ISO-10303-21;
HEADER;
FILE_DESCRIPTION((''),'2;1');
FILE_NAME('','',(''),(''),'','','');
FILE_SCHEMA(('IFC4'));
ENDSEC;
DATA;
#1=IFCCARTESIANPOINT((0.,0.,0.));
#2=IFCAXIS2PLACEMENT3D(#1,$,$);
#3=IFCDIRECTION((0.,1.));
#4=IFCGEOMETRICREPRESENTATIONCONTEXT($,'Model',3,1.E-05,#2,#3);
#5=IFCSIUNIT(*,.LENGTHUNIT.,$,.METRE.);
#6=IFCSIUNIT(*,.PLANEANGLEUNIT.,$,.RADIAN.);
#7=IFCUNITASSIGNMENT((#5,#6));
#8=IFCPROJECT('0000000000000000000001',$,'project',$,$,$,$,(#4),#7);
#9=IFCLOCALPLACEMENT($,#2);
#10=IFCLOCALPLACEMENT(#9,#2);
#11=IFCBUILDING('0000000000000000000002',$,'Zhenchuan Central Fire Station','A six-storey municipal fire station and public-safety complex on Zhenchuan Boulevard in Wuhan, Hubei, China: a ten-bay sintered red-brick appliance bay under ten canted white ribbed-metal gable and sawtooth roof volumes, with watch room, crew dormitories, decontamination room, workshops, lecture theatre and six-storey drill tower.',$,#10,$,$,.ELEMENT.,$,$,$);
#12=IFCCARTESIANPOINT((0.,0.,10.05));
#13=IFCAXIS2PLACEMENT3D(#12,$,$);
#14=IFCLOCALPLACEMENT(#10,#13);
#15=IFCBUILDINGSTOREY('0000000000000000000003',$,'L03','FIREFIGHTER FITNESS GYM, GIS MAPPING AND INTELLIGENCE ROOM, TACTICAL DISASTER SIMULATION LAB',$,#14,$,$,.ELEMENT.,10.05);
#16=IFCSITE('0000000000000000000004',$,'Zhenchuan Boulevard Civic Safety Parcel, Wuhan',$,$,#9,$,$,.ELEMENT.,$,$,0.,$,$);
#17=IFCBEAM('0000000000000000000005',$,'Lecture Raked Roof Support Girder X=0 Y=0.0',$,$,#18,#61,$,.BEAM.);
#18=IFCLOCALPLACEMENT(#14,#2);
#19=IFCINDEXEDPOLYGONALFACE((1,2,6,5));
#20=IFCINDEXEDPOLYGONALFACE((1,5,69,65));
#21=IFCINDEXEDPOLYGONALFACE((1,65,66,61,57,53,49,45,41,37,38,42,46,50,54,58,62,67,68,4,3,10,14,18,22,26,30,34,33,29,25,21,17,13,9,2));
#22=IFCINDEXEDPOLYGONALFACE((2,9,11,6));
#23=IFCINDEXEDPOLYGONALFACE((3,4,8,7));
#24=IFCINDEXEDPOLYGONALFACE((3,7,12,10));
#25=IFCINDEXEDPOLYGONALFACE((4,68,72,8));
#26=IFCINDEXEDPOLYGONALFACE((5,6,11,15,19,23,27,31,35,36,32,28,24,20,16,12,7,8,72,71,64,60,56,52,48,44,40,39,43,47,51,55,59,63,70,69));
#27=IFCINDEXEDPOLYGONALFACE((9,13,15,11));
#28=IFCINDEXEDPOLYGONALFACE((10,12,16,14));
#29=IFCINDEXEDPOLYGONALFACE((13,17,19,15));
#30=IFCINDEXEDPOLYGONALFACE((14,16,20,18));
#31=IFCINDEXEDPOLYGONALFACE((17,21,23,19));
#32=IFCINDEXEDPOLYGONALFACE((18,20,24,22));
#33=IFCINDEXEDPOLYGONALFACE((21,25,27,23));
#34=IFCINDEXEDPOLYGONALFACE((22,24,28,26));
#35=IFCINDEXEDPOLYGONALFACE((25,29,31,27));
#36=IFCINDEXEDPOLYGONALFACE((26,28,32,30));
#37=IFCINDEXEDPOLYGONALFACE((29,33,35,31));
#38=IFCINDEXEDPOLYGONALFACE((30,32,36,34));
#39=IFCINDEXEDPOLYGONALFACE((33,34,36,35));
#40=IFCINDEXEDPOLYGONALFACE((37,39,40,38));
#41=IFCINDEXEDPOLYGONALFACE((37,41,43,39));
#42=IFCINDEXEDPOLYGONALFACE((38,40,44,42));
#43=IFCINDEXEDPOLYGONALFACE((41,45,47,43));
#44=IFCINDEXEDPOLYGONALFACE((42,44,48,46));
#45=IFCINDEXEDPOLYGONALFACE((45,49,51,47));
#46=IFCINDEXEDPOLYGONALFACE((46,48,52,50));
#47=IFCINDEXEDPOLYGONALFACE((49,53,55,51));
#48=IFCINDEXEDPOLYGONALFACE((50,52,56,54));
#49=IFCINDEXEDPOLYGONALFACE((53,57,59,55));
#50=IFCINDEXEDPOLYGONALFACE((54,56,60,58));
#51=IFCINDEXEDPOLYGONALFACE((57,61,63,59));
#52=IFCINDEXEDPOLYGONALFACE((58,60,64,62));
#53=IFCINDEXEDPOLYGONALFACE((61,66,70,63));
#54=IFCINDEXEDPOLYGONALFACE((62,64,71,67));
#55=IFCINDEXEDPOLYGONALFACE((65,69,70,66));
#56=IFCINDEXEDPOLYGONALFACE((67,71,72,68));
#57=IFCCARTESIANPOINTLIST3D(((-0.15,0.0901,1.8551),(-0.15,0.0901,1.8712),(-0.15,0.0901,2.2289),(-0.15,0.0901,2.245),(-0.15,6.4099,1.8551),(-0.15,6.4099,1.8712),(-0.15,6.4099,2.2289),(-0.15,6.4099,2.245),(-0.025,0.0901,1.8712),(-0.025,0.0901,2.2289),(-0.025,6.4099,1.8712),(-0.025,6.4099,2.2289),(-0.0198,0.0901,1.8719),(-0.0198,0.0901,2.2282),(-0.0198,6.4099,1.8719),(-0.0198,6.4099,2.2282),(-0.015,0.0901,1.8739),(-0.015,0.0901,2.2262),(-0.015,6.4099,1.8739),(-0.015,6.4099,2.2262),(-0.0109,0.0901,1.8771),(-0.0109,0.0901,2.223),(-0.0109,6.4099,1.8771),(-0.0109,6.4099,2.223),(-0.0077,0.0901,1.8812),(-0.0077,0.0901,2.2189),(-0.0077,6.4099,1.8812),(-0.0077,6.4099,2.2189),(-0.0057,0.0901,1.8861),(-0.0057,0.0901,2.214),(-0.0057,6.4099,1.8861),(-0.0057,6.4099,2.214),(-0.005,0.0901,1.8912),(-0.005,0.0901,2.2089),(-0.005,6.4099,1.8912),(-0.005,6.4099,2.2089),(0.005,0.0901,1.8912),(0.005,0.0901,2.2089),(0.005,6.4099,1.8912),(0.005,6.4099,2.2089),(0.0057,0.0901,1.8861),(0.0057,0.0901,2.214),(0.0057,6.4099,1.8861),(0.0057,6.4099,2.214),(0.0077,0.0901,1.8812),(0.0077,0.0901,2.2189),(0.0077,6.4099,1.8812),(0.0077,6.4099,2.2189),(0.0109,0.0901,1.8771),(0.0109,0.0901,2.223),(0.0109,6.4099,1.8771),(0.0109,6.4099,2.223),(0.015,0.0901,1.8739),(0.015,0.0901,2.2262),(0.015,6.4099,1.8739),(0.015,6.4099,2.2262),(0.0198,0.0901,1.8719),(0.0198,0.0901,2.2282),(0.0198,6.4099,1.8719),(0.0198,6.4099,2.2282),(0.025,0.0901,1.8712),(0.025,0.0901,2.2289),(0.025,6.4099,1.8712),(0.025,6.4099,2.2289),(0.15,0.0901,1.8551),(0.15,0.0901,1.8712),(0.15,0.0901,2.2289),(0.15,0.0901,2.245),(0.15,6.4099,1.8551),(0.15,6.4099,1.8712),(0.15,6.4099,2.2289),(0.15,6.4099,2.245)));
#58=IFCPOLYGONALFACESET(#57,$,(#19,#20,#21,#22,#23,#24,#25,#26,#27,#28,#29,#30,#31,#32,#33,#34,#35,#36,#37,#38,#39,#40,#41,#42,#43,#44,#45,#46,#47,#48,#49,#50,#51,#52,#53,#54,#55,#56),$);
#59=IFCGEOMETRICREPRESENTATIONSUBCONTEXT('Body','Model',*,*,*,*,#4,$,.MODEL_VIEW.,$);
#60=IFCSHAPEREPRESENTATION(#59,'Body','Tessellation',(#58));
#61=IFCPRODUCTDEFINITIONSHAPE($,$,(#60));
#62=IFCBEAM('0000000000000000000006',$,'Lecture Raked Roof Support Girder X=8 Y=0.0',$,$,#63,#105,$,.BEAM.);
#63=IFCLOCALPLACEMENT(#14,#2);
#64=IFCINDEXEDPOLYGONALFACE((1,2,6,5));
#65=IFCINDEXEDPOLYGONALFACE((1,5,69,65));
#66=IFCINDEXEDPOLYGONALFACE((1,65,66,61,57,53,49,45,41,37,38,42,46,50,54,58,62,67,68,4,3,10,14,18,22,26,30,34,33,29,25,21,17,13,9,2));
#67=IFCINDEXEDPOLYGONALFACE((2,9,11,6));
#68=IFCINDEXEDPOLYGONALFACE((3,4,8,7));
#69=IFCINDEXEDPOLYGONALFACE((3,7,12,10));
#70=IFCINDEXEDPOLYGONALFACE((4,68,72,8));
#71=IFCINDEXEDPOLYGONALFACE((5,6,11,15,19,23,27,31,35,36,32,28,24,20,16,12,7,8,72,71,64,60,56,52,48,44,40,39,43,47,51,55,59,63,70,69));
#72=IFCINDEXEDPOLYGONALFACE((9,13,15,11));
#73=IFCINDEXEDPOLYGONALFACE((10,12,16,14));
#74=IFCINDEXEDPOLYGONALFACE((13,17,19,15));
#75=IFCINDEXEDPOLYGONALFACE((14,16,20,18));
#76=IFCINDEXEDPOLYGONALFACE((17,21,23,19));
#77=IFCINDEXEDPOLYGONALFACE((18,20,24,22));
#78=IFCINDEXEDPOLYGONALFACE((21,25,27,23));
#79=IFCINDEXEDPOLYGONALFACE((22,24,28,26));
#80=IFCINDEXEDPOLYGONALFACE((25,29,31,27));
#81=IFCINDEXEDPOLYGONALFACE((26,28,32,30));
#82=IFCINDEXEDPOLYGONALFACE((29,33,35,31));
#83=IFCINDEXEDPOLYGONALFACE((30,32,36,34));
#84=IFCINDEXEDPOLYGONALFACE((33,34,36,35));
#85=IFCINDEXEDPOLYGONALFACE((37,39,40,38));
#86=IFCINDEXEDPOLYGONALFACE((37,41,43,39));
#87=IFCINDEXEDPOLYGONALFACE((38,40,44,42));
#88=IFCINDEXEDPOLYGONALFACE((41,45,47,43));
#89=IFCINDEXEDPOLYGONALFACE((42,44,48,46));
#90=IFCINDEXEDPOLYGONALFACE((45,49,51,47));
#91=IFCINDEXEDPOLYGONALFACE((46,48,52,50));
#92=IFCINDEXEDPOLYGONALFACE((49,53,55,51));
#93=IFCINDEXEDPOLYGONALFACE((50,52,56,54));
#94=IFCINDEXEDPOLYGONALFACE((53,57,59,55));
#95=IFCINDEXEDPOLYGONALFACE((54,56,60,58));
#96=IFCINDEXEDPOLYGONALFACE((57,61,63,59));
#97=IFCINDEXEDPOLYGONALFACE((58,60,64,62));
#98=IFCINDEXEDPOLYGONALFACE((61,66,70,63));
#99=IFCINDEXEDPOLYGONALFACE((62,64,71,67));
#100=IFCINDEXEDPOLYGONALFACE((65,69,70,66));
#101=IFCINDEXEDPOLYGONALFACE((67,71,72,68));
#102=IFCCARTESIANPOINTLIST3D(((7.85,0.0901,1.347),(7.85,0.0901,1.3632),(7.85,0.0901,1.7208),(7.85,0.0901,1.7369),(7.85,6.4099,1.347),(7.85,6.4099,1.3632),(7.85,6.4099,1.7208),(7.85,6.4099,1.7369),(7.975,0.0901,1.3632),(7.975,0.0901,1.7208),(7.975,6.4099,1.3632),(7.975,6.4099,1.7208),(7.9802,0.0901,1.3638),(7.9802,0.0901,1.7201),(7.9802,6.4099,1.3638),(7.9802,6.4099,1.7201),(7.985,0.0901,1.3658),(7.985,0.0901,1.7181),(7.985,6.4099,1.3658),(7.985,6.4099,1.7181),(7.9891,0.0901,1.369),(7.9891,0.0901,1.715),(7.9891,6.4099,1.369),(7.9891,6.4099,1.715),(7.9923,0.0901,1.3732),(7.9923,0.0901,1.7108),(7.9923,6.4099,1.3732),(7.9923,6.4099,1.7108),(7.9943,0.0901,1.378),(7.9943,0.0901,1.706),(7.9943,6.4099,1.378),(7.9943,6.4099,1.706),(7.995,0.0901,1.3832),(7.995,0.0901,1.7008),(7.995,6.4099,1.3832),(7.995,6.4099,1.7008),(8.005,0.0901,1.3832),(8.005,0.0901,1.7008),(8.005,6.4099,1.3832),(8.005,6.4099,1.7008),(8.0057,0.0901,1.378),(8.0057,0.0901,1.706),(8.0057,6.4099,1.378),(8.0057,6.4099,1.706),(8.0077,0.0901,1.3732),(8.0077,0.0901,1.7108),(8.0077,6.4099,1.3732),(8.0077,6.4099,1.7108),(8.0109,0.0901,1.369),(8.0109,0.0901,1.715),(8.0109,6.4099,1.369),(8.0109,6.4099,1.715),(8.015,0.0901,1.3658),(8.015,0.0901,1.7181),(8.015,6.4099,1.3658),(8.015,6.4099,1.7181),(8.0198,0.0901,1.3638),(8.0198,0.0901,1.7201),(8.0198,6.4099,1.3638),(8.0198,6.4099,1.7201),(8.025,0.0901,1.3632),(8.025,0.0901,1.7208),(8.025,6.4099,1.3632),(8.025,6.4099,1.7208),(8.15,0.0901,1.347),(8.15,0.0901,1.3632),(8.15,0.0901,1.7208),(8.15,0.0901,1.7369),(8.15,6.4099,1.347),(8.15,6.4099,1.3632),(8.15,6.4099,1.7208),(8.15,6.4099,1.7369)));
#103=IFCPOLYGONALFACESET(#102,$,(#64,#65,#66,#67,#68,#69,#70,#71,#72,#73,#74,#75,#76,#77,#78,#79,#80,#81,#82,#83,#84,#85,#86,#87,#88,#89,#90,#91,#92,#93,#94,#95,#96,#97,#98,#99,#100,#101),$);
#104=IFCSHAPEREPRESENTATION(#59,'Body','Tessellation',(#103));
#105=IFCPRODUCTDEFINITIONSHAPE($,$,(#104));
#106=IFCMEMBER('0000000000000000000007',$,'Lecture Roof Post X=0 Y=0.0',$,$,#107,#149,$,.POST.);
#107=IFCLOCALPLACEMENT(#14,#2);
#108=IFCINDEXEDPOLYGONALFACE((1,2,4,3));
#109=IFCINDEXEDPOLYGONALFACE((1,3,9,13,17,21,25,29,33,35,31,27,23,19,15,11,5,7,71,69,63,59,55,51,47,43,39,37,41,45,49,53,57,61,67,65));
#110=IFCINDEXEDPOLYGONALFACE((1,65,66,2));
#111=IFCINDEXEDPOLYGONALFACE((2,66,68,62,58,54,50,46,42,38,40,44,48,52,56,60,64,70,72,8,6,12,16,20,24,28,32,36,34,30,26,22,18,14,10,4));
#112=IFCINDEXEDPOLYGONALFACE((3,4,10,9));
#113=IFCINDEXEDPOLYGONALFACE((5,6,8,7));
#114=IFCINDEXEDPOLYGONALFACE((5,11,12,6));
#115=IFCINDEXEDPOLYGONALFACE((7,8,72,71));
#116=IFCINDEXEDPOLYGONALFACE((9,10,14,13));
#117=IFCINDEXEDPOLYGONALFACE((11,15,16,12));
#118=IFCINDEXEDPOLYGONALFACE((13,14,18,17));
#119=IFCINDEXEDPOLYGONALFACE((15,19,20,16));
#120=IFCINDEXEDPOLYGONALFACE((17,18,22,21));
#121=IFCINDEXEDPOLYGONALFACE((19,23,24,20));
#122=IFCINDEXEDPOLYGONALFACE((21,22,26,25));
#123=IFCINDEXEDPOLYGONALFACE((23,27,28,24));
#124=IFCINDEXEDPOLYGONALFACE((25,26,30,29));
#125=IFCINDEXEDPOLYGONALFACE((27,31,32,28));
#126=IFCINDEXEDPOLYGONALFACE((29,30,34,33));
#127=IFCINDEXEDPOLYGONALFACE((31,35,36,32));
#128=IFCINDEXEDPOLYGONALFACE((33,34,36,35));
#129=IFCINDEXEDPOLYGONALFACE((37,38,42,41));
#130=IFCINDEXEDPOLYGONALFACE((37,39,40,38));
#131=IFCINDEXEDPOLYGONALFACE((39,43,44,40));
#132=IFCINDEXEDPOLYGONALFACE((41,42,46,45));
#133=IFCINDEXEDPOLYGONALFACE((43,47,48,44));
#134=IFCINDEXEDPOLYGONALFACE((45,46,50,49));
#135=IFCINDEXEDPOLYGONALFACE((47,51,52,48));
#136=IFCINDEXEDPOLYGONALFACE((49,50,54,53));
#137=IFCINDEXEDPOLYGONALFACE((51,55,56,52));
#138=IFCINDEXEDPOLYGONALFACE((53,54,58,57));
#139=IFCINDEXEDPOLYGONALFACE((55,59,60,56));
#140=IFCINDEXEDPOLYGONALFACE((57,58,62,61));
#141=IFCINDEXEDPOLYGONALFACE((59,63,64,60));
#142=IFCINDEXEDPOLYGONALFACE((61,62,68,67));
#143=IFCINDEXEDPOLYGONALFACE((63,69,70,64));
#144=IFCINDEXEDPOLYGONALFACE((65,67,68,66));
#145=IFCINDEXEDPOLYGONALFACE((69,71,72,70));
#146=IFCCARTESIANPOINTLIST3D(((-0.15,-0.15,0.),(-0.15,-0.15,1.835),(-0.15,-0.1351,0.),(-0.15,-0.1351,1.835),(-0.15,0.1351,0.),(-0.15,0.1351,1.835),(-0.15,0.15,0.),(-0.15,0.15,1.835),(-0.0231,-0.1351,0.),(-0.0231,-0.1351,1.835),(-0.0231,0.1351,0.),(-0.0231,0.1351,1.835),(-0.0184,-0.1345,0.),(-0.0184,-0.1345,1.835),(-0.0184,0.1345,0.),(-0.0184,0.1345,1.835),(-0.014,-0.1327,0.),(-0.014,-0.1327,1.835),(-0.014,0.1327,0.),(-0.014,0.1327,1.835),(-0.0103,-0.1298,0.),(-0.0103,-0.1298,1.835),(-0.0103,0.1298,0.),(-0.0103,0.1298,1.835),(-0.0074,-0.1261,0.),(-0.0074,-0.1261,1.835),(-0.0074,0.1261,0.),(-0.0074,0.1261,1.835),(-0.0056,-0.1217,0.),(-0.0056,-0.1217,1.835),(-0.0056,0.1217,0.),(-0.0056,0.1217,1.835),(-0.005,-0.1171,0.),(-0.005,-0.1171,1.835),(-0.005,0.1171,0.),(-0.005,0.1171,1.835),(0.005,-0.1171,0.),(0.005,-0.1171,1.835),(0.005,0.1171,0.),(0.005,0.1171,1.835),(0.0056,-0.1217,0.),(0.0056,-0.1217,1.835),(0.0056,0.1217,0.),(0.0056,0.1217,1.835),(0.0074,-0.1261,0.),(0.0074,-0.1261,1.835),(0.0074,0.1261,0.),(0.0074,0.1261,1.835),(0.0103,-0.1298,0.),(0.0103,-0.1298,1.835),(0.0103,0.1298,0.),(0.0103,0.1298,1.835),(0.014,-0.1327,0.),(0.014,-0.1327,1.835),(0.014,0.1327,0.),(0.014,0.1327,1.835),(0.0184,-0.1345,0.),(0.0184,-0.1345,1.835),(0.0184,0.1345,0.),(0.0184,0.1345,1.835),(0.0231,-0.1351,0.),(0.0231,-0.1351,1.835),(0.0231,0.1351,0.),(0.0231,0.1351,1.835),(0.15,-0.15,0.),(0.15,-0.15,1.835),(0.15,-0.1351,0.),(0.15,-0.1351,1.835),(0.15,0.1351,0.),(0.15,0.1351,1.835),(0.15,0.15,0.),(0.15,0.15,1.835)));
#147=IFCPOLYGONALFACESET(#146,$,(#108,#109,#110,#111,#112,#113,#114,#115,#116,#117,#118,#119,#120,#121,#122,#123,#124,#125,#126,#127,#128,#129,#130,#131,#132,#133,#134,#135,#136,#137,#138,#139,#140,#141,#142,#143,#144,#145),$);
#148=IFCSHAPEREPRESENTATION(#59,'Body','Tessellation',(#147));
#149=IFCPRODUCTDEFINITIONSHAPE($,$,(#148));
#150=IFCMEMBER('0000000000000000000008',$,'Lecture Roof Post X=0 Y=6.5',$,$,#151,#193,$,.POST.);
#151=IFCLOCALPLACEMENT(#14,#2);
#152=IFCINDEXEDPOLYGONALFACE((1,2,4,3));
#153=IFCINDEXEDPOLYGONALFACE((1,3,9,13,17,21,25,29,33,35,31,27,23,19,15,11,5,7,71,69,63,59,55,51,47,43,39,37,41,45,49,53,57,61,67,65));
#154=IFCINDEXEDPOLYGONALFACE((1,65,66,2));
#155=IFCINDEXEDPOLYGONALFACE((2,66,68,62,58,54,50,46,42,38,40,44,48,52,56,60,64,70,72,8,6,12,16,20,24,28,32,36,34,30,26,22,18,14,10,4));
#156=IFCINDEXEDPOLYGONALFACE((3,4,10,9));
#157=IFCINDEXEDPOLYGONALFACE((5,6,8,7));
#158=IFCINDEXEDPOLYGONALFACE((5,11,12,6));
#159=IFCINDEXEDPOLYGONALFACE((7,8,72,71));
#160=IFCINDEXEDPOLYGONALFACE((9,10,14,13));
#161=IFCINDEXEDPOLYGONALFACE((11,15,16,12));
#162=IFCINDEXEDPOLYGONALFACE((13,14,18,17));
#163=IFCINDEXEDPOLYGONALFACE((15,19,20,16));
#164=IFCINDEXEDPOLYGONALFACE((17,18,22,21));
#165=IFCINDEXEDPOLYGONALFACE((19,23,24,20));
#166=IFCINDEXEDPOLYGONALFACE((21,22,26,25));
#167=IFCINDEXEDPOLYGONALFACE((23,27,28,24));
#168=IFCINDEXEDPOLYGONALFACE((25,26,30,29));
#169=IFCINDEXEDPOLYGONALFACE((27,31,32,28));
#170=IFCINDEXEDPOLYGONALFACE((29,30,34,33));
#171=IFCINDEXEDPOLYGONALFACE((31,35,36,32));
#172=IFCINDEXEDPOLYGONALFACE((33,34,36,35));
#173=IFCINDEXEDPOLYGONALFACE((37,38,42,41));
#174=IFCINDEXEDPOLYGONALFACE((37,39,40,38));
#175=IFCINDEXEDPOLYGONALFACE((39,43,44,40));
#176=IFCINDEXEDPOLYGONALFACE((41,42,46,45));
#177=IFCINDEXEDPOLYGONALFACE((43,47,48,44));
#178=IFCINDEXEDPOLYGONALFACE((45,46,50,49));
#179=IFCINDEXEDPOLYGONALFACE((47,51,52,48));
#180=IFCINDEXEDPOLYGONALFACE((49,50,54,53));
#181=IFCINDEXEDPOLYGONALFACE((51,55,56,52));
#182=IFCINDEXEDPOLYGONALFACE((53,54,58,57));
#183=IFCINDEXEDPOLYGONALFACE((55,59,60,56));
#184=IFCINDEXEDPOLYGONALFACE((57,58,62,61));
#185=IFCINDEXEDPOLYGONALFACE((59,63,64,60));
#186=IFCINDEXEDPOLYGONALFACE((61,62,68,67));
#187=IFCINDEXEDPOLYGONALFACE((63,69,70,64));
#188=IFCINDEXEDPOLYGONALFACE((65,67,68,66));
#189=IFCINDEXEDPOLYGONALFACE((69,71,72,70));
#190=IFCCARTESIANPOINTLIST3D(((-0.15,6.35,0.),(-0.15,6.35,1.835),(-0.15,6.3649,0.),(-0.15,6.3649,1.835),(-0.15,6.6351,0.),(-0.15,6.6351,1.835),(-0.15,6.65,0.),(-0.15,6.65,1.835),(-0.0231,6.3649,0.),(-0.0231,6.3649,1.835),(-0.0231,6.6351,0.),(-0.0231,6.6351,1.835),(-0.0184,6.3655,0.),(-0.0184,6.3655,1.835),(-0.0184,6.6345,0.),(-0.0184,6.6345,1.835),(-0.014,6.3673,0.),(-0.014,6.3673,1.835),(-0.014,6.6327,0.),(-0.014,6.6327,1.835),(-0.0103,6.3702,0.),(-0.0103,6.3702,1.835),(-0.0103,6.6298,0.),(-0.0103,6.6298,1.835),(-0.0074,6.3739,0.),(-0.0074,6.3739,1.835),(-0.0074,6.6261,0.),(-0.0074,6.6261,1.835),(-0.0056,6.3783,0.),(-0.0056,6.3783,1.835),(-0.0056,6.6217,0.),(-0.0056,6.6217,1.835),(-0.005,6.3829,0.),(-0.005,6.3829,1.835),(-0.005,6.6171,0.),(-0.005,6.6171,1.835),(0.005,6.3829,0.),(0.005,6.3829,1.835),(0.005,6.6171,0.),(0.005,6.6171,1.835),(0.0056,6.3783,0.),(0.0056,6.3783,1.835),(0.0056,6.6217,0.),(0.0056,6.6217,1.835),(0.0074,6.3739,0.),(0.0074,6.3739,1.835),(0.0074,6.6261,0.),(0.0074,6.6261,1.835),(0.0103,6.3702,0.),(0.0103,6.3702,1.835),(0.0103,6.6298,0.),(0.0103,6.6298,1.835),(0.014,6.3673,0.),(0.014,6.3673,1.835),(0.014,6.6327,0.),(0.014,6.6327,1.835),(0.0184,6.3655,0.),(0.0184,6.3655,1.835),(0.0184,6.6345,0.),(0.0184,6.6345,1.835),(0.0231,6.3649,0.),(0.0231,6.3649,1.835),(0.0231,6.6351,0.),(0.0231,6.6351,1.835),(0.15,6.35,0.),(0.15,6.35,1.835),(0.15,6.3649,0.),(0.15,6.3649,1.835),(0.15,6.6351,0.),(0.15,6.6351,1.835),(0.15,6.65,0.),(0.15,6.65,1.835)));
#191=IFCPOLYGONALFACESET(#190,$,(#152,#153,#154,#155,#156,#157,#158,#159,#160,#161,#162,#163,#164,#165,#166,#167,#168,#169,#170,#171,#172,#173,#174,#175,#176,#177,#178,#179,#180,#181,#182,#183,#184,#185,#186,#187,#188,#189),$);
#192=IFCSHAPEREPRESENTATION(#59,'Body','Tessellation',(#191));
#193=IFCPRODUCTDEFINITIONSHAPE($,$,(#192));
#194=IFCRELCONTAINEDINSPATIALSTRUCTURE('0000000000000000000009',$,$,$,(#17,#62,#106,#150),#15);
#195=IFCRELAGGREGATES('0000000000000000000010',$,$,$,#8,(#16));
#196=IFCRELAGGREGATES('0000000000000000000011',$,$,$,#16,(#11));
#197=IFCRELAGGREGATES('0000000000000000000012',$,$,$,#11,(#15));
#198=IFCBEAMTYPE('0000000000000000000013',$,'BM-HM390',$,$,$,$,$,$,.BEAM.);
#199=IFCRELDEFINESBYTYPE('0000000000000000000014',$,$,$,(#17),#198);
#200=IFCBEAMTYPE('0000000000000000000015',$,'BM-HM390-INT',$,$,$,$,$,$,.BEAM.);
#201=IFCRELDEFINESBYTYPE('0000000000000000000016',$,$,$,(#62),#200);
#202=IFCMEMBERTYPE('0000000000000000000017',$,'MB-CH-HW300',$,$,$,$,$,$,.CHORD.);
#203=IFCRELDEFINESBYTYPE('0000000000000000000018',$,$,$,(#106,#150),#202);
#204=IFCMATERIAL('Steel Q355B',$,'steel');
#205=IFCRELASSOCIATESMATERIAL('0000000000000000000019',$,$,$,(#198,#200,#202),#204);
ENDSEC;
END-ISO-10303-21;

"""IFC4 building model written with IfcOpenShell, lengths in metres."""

from ifc_helpers import new_model, si_unit, direction, frame, origin, origin_2d, place, context, subcontext, project, spatial, i_section, extrude, material, material_profile, profile_set, type_object, element, save


model = new_model("IFC4")

# Units and contexts
model_context = context("Model", 3, precision=1e-05, world=origin(), true_north=direction((0.0, 1.0)))
body_context = subcontext(model_context, "Body", "Model", "MODEL_VIEW")
ifc_project = project(units=[si_unit("LENGTHUNIT", "METRE"), si_unit("PLANEANGLEUNIT", "RADIAN")], contexts=[model_context])

# Site, building, storey
site_placement = place(None, origin())
site = spatial("IfcSite", under=ifc_project, at=site_placement, Name="Zhenchuan Boulevard Civic Safety Parcel, Wuhan", CompositionType="ELEMENT", RefElevation=0.0)
building_placement = place(site_placement, origin())
building = spatial("IfcBuilding", under=site, at=building_placement, Name="Zhenchuan Central Fire Station", Description="A six-storey municipal fire station and public-safety complex on Zhenchuan Boulevard in Wuhan, Hubei, China: a ten-bay sintered red-brick appliance bay under ten canted white ribbed-metal gable and sawtooth roof volumes, with watch room, crew dormitories, decontamination room, workshops, lecture theatre and six-storey drill tower.", CompositionType="ELEMENT")
storey_placement = place(building_placement, frame((0.0, 0.0, 10.05)))
storey = spatial("IfcBuildingStorey", under=building, at=storey_placement, Name="L03", Description="FIREFIGHTER FITNESS GYM, GIS MAPPING AND INTELLIGENCE ROOM, TACTICAL DISASTER SIMULATION LAB", CompositionType="ELEMENT", Elevation=10.05)

# Beams
ifc_material_1 = material(Name="Steel Q355B", Category="steel")
ifc_material_profile_1 = material_profile(ifc_material_1, i_section(OverallWidth=0.3, OverallDepth=0.3899, WebThickness=0.01, FlangeThickness=0.0161, FilletRadius=0.02, at=origin_2d()), Name="HM 390x300")
ifc_profile_set_1 = profile_set([ifc_material_profile_1], Name="Steel Q355B")
beam_type_1 = type_object("IfcBeamType", Name="BM-HM390", PredefinedType="BEAM", material=ifc_profile_set_1)
beam_1_placement = place(storey_placement, frame((0.0, 0.0901, 2.05), z_axis=(0.0, 1.0, 0.0), x_axis=(-1.0, 0.0, 0.0)))
element("IfcBeam", 1, at=beam_1_placement, inside=storey, type_object=beam_type_1, Name="Lecture Raked Roof Support Girder X=0 Y=0.0", PredefinedType="BEAM", context=body_context, shape_type="SweptSolid", body=[
    extrude(i_section(OverallWidth=0.3, OverallDepth=0.3899, WebThickness=0.01, FlangeThickness=0.0161, FilletRadius=0.02, at=origin_2d()), origin(), (0.0, 0.0, 1.0), 6.3198),
])
ifc_material_profile_2 = material_profile(ifc_material_1, i_section(OverallWidth=0.3, OverallDepth=0.3899, WebThickness=0.01, FlangeThickness=0.0161, FilletRadius=0.02, at=origin_2d()), Name="HM 390x300")
ifc_profile_set_2 = profile_set([ifc_material_profile_2], Name="Steel Q355B")
beam_type_2 = type_object("IfcBeamType", Name="BM-HM390-INT", PredefinedType="BEAM", material=ifc_profile_set_2)
beam_2_placement = place(storey_placement, frame((8.0, 0.0901, 1.542), z_axis=(0.0, 1.0, 0.0), x_axis=(-1.0, 0.0, 0.0)))
element("IfcBeam", 2, at=beam_2_placement, inside=storey, type_object=beam_type_2, Name="Lecture Raked Roof Support Girder X=8 Y=0.0", PredefinedType="BEAM", context=body_context, shape_type="SweptSolid", body=[
    extrude(i_section(OverallWidth=0.3, OverallDepth=0.3899, WebThickness=0.01, FlangeThickness=0.0161, FilletRadius=0.02, at=origin_2d()), origin(), (0.0, 0.0, 1.0), 6.3198),
])

# Members
ifc_material_profile_3 = material_profile(ifc_material_1, i_section(OverallWidth=0.3, OverallDepth=0.3, WebThickness=0.01, FlangeThickness=0.0149, FilletRadius=0.0181, at=origin_2d()), Name="HW 300x300")
ifc_profile_set_3 = profile_set([ifc_material_profile_3], Name="Steel Q355B")
member_type_1 = type_object("IfcMemberType", Name="MB-CH-HW300", PredefinedType="CHORD", material=ifc_profile_set_3)
for number, where, z_axis, x_axis, name in (
    (3, (0.0, 0.0, 0.0), (0.0, 0.0, 1.0), (1.0, 0.0, 0.0), "Lecture Roof Post X=0 Y=0.0"),
    (4, (0.0, 6.5, 0.0), (0.0, 0.0, 1.0), (1.0, 0.0, 0.0), "Lecture Roof Post X=0 Y=6.5"),
):
    element("IfcMember", number, at=place(storey_placement, frame(where, z_axis=z_axis, x_axis=x_axis)), inside=storey, type_object=member_type_1, Name=name, PredefinedType="POST", context=body_context, shape_type="SweptSolid", body=[
        extrude(i_section(OverallWidth=0.3, OverallDepth=0.3, WebThickness=0.01, FlangeThickness=0.0149, FilletRadius=0.0181, at=origin_2d()), origin(), (0.0, 0.0, 1.0), 1.835),
    ])

save(model, "model.ifc")
